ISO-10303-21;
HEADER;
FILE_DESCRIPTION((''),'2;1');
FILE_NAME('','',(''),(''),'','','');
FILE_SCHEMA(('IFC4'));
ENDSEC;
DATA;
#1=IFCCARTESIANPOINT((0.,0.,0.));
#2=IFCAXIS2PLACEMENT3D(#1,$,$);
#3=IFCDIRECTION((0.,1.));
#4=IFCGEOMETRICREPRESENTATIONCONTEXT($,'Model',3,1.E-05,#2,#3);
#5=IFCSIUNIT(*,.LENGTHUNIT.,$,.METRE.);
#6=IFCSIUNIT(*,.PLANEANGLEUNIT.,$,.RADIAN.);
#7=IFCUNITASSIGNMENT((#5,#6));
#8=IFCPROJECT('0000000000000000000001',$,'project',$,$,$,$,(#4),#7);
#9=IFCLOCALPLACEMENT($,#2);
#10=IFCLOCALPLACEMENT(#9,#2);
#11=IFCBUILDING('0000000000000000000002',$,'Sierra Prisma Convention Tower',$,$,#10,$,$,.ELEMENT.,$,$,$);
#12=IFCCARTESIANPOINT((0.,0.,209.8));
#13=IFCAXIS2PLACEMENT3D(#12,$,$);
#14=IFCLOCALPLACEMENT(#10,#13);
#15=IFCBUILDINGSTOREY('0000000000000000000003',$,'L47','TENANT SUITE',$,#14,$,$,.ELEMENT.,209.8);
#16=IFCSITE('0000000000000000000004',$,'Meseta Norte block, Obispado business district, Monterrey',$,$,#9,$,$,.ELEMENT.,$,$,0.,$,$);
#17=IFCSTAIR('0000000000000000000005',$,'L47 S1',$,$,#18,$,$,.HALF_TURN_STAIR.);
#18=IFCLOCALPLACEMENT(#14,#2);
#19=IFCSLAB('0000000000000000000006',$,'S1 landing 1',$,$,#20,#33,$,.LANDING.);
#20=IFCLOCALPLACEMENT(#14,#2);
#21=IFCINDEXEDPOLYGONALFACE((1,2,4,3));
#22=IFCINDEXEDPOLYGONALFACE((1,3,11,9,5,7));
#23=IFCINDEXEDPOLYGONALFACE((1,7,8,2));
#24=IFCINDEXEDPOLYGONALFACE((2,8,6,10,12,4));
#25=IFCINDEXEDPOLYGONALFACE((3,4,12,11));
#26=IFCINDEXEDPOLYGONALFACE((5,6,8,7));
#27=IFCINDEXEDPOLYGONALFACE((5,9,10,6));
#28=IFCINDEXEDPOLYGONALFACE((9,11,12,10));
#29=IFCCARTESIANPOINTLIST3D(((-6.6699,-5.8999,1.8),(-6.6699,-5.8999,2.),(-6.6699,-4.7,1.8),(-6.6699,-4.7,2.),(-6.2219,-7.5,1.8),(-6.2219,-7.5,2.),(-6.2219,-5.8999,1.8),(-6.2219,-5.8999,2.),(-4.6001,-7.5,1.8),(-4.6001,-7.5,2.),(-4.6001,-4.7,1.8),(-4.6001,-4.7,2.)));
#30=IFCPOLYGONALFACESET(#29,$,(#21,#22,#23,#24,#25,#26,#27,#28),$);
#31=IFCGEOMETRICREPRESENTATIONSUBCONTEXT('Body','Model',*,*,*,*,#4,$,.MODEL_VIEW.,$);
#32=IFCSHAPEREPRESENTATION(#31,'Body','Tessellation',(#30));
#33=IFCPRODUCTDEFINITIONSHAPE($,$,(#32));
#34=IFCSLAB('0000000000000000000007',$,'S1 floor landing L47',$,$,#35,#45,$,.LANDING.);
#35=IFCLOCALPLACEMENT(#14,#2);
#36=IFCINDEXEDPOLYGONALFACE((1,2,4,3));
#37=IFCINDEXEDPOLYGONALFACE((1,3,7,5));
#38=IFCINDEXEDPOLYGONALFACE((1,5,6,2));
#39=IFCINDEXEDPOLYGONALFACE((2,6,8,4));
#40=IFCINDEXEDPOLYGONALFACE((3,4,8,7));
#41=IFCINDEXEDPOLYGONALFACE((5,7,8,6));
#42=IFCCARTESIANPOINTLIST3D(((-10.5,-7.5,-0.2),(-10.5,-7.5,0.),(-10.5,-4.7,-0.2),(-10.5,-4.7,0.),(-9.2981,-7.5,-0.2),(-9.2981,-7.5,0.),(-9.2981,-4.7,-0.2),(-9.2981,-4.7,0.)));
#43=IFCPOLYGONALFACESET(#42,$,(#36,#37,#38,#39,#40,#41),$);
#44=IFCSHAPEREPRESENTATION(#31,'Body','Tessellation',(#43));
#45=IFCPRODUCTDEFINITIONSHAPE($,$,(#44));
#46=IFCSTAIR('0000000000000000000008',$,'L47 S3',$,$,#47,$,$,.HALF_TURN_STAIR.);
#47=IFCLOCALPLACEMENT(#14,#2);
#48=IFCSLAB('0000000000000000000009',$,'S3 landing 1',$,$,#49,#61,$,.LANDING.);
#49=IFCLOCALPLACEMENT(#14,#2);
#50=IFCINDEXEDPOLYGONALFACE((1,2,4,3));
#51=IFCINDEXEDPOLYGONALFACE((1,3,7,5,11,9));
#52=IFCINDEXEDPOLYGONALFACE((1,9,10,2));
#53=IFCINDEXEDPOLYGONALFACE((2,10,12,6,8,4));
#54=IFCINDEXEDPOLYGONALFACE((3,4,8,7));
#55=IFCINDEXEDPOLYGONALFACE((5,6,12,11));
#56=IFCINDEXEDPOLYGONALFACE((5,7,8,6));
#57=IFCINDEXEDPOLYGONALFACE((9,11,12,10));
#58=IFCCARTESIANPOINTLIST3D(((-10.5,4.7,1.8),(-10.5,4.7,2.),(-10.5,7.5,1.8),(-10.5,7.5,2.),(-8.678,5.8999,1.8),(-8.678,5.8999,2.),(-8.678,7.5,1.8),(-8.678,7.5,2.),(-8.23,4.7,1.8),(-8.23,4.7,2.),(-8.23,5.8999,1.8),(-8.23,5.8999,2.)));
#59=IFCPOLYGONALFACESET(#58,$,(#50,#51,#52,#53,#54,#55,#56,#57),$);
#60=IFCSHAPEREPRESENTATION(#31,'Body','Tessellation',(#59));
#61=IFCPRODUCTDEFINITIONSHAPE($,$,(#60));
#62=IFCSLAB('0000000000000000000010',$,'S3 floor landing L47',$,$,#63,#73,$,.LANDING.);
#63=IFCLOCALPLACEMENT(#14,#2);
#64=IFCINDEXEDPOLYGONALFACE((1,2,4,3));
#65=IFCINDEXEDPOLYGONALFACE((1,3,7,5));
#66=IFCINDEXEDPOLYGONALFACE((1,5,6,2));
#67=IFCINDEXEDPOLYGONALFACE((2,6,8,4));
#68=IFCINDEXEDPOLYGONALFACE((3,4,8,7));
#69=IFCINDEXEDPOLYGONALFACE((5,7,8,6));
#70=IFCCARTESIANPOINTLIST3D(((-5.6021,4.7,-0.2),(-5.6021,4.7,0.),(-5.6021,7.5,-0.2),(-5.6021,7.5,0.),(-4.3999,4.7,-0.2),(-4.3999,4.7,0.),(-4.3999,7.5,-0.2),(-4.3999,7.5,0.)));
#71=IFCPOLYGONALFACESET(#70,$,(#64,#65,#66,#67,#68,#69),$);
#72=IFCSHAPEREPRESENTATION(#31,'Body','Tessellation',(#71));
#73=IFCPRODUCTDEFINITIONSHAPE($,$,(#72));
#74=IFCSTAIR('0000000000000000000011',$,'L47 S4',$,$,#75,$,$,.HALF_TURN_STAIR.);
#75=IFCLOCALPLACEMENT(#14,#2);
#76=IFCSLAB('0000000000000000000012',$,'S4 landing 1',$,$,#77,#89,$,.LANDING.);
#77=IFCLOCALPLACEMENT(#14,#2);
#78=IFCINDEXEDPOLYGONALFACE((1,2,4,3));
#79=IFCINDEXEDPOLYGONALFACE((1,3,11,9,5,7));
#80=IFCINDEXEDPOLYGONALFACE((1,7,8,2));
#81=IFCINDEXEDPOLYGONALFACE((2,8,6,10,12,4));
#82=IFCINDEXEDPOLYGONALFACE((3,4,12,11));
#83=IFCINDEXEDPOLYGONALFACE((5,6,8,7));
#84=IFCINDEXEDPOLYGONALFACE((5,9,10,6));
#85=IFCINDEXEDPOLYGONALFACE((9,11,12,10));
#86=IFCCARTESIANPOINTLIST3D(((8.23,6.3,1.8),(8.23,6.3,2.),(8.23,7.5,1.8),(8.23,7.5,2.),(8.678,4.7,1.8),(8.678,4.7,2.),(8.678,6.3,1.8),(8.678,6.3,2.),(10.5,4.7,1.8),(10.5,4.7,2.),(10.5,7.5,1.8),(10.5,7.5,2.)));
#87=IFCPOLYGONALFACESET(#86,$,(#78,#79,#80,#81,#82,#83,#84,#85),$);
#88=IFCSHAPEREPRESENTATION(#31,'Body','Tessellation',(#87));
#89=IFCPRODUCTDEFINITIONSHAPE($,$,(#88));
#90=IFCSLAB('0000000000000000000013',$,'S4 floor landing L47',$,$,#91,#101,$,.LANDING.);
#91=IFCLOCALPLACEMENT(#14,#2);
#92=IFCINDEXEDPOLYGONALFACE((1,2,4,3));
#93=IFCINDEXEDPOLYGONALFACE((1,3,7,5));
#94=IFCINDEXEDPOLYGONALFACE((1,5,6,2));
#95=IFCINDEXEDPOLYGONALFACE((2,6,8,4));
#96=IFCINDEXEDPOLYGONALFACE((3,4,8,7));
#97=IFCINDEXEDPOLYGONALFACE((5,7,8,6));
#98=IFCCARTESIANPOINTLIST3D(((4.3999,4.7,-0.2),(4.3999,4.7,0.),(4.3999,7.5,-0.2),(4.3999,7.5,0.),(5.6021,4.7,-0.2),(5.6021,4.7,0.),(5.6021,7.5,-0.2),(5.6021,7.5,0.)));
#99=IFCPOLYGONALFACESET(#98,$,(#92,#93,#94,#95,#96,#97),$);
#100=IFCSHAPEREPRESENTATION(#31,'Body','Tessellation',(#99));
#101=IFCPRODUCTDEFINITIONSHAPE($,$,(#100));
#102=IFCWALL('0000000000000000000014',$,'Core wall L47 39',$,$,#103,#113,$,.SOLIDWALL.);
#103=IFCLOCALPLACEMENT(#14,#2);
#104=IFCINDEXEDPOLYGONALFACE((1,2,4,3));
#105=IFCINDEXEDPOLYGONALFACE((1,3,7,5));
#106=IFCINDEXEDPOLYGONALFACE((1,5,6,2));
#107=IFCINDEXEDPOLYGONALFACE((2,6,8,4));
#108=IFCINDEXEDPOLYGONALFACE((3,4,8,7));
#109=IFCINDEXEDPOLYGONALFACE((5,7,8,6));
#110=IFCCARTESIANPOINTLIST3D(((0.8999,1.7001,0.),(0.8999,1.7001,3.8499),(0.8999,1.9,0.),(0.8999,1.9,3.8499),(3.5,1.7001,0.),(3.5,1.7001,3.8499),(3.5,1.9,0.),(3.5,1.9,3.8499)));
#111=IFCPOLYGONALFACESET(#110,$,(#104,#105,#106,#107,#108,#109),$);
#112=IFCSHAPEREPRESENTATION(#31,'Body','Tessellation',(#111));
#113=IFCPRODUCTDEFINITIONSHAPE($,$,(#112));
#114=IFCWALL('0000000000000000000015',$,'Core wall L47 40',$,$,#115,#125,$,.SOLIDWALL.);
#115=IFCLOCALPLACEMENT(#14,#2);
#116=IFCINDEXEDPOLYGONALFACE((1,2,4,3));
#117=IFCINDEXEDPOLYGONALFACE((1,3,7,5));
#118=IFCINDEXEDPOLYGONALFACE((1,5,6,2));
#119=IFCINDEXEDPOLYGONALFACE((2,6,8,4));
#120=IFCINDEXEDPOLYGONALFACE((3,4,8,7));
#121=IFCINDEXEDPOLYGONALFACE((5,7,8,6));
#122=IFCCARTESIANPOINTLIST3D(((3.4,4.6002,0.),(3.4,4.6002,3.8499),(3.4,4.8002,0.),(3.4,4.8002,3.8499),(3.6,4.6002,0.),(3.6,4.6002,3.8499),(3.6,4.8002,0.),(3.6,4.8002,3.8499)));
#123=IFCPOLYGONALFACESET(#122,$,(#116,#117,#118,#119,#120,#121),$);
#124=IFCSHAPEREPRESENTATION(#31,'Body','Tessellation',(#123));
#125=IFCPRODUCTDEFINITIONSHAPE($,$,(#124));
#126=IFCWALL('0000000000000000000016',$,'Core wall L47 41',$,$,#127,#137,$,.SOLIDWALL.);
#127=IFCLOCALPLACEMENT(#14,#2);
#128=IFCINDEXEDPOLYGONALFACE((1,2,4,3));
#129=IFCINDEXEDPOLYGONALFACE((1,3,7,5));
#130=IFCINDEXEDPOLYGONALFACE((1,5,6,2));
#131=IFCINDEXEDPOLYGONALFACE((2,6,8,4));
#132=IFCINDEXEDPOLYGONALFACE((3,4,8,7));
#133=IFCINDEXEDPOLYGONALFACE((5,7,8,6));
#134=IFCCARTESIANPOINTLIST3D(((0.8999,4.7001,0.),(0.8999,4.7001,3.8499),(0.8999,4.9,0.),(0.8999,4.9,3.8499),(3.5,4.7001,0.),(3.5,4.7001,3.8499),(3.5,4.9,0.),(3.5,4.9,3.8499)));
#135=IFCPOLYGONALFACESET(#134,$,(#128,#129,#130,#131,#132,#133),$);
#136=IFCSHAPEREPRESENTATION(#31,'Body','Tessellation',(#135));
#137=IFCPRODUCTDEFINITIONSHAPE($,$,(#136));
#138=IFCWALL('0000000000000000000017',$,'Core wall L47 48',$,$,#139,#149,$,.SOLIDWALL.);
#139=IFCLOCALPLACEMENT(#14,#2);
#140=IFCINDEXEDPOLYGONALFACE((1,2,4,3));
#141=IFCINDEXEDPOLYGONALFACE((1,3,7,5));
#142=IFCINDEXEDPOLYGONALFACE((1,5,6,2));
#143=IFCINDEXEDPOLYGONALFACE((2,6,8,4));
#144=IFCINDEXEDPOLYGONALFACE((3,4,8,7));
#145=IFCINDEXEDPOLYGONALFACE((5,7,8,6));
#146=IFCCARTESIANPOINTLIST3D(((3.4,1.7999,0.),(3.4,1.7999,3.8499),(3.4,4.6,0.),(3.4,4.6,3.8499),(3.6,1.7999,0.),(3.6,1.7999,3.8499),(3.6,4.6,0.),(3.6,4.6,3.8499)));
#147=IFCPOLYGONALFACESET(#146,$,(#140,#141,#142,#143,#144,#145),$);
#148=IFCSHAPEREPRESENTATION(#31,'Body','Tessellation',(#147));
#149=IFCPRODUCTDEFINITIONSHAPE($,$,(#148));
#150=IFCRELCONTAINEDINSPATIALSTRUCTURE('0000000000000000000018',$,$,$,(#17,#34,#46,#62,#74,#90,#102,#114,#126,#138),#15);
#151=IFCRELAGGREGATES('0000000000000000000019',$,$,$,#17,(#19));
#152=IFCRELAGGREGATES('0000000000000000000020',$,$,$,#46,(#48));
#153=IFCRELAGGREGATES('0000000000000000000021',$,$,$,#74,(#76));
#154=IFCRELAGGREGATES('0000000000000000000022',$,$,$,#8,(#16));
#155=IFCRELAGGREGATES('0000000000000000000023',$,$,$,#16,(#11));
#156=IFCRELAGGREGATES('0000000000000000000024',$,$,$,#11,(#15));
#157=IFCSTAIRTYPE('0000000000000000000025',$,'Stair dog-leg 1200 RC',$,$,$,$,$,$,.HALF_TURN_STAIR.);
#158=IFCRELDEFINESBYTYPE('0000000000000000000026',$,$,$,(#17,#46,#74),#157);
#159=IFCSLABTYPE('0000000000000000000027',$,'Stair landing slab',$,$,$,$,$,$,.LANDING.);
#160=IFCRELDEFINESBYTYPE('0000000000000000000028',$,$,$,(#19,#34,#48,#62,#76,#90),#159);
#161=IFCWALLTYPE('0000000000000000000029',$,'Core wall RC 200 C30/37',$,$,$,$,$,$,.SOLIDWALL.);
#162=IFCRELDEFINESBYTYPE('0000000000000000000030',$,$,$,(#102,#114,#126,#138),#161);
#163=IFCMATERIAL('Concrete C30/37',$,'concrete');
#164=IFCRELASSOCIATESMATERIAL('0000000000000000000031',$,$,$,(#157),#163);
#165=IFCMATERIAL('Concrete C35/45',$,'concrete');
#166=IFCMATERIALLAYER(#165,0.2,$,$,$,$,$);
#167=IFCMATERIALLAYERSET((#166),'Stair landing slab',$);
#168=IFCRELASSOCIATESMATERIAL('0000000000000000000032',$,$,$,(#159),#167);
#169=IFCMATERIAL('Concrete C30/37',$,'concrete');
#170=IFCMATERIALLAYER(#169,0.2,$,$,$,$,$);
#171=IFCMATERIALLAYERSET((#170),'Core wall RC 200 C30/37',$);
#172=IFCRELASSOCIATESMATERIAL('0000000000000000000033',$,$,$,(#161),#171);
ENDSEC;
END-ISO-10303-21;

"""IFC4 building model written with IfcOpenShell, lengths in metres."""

from ifc_helpers import new_model, si_unit, direction, frame, frame_2d, origin, place, context, subcontext, project, spatial, polyline, rectangle, outline, extrude, material, layer, layer_set, type_object, element, aggregate, save


model = new_model("IFC4")

# Units and contexts
model_context = context("Model", 3, precision=1e-05, world=origin(), true_north=direction((0.0, 1.0)))
body_context = subcontext(model_context, "Body", "Model", "MODEL_VIEW")
ifc_project = project(units=[si_unit("LENGTHUNIT", "METRE"), si_unit("PLANEANGLEUNIT", "RADIAN")], contexts=[model_context])

# Site, building, storey
site_placement = place(None, origin())
site = spatial("IfcSite", under=ifc_project, at=site_placement, Name="Meseta Norte block, Obispado business district, Monterrey", CompositionType="ELEMENT", RefElevation=0.0)
building_placement = place(site_placement, origin())
building = spatial("IfcBuilding", under=site, at=building_placement, Name="Sierra Prisma Convention Tower", CompositionType="ELEMENT")
storey_placement = place(building_placement, frame((0.0, 0.0, 209.8)))
storey = spatial("IfcBuildingStorey", under=building, at=storey_placement, Name="L47", Description="TENANT SUITE", CompositionType="ELEMENT", Elevation=209.8)

# Stair, slab
ifc_material_1 = material(Name="Concrete C30/37", Category="concrete")
stair_type = type_object("IfcStairType", Name="Stair dog-leg 1200 RC", PredefinedType="HALF_TURN_STAIR", material=ifc_material_1)
stair_1_placement = place(storey_placement, origin())
stair_1 = element("IfcStair", 1, at=stair_1_placement, inside=storey, type_object=stair_type, Name="L47 S1", PredefinedType="HALF_TURN_STAIR")
ifc_material_2 = material(Name="Concrete C35/45", Category="concrete")
ifc_layer_1 = layer(ifc_material_2, 0.2)
ifc_layer_set_1 = layer_set([ifc_layer_1], Name="Stair landing slab")
slab_type = type_object("IfcSlabType", Name="Stair landing slab", PredefinedType="LANDING", material=ifc_layer_set_1)
slab_1_placement = place(storey_placement, frame((0.0, 0.0, 1.8)))
slab_1 = element("IfcSlab", 2, at=slab_1_placement, type_object=slab_type, Name="S1 landing 1", PredefinedType="LANDING", context=body_context, shape_type="SweptSolid", body=[
    extrude(outline(polyline([(-4.6001, -4.7), (-4.6001, -7.5), (-6.2219, -7.5), (-6.2219, -5.8999), (-6.6699, -5.8999), (-6.6699, -4.7), (-4.6001, -4.7)])), origin(), (0.0, 0.0, 1.0), 0.2),
])
aggregate(stair_1, [slab_1])

# Slab
slab_2_placement = place(storey_placement, frame((0.0, 0.0, -0.2)))
element("IfcSlab", 3, at=slab_2_placement, inside=storey, type_object=slab_type, Name="S1 floor landing L47", PredefinedType="LANDING", context=body_context, shape_type="SweptSolid", body=[
    extrude(outline(polyline([(-10.5, -7.5), (-9.2981, -7.5), (-9.2981, -4.7), (-10.5, -4.7), (-10.5, -7.5)])), origin(), (0.0, 0.0, 1.0), 0.2),
])

# Stair, slab
stair_2_placement = place(storey_placement, origin())
stair_2 = element("IfcStair", 4, at=stair_2_placement, inside=storey, type_object=stair_type, Name="L47 S3", PredefinedType="HALF_TURN_STAIR")
slab_3_placement = place(storey_placement, frame((0.0, 0.0, 1.8)))
slab_3 = element("IfcSlab", 5, at=slab_3_placement, type_object=slab_type, Name="S3 landing 1", PredefinedType="LANDING", context=body_context, shape_type="SweptSolid", body=[
    extrude(outline(polyline([(-8.23, 5.8999), (-8.23, 4.7), (-10.5, 4.7), (-10.5, 7.5), (-8.678, 7.5), (-8.678, 5.8999), (-8.23, 5.8999)])), origin(), (0.0, 0.0, 1.0), 0.2),
])
aggregate(stair_2, [slab_3])

# Slab
slab_4_placement = place(storey_placement, frame((0.0, 0.0, -0.2)))
element("IfcSlab", 6, at=slab_4_placement, inside=storey, type_object=slab_type, Name="S3 floor landing L47", PredefinedType="LANDING", context=body_context, shape_type="SweptSolid", body=[
    extrude(outline(polyline([(-4.3999, 7.5), (-5.6021, 7.5), (-5.6021, 4.7), (-4.3999, 4.7), (-4.3999, 7.5)])), origin(), (0.0, 0.0, 1.0), 0.2),
])

# Stair, slab
stair_3_placement = place(storey_placement, origin())
stair_3 = element("IfcStair", 7, at=stair_3_placement, inside=storey, type_object=stair_type, Name="L47 S4", PredefinedType="HALF_TURN_STAIR")
slab_5_placement = place(storey_placement, frame((0.0, 0.0, 1.8)))
slab_5 = element("IfcSlab", 8, at=slab_5_placement, type_object=slab_type, Name="S4 landing 1", PredefinedType="LANDING", context=body_context, shape_type="SweptSolid", body=[
    extrude(outline(polyline([(10.5, 7.5), (10.5, 4.7), (8.678, 4.7), (8.678, 6.3), (8.23, 6.3), (8.23, 7.5), (10.5, 7.5)])), origin(), (0.0, 0.0, 1.0), 0.2),
])
aggregate(stair_3, [slab_5])

# Slab
slab_6_placement = place(storey_placement, frame((0.0, 0.0, -0.2)))
element("IfcSlab", 9, at=slab_6_placement, inside=storey, type_object=slab_type, Name="S4 floor landing L47", PredefinedType="LANDING", context=body_context, shape_type="SweptSolid", body=[
    extrude(outline(polyline([(4.3999, 4.7), (5.6021, 4.7), (5.6021, 7.5), (4.3999, 7.5), (4.3999, 4.7)])), origin(), (0.0, 0.0, 1.0), 0.2),
])

# Shared definitions
ifc_material_3 = material(Name="Concrete C30/37", Category="concrete")
ifc_layer_2 = layer(ifc_material_3, 0.2)
ifc_layer_set_2 = layer_set([ifc_layer_2], Name="Core wall RC 200 C30/37")
wall_type = type_object("IfcWallType", Name="Core wall RC 200 C30/37", PredefinedType="SOLIDWALL", material=ifc_layer_set_2)

# Walls
wall_1_placement = place(storey_placement, frame((3.5, 1.8, 0.0), z_axis=(0.0, 0.0, 1.0), x_axis=(-1.0, 0.0, 0.0)))
element("IfcWall", 10, at=wall_1_placement, inside=storey, type_object=wall_type, Name="Core wall L47 39", PredefinedType="SOLIDWALL", context=body_context, shape_type="SweptSolid", body=[
    extrude(rectangle(XDim=2.6001, YDim=0.2, at=frame_2d((1.3, 0.0))), origin(), (0.0, 0.0, 1.0), 3.8499),
])
wall_2_placement = place(storey_placement, frame((3.5, 4.6001, 0.0), z_axis=(0.0, 0.0, 1.0), x_axis=(0.0, 1.0, 0.0)))
element("IfcWall", 11, at=wall_2_placement, inside=storey, type_object=wall_type, Name="Core wall L47 40", PredefinedType="SOLIDWALL", context=body_context, shape_type="SweptSolid", body=[
    extrude(rectangle(XDim=0.2, YDim=0.2, at=frame_2d((0.1001, 0.0))), origin(), (0.0, 0.0, 1.0), 3.8499),
])
wall_3_placement = place(storey_placement, frame((3.5, 4.8, 0.0), z_axis=(0.0, 0.0, 1.0), x_axis=(-1.0, 0.0, 0.0)))
element("IfcWall", 12, at=wall_3_placement, inside=storey, type_object=wall_type, Name="Core wall L47 41", PredefinedType="SOLIDWALL", context=body_context, shape_type="SweptSolid", body=[
    extrude(rectangle(XDim=2.6001, YDim=0.2, at=frame_2d((1.3, 0.0))), origin(), (0.0, 0.0, 1.0), 3.8499),
])

# Wall
wall_4_placement = place(storey_placement, frame((3.5, 1.8, 0.0), z_axis=(0.0, 0.0, 1.0), x_axis=(0.0, 1.0, 0.0)))
element("IfcWall", 13, at=wall_4_placement, inside=storey, type_object=wall_type, Name="Core wall L47 48", PredefinedType="SOLIDWALL", context=body_context, shape_type="SweptSolid", body=[
    extrude(rectangle(XDim=2.8, YDim=0.2, at=frame_2d((1.3999, 0.0))), origin(), (0.0, 0.0, 1.0), 3.8499),
])

save(model, "model.ifc")
